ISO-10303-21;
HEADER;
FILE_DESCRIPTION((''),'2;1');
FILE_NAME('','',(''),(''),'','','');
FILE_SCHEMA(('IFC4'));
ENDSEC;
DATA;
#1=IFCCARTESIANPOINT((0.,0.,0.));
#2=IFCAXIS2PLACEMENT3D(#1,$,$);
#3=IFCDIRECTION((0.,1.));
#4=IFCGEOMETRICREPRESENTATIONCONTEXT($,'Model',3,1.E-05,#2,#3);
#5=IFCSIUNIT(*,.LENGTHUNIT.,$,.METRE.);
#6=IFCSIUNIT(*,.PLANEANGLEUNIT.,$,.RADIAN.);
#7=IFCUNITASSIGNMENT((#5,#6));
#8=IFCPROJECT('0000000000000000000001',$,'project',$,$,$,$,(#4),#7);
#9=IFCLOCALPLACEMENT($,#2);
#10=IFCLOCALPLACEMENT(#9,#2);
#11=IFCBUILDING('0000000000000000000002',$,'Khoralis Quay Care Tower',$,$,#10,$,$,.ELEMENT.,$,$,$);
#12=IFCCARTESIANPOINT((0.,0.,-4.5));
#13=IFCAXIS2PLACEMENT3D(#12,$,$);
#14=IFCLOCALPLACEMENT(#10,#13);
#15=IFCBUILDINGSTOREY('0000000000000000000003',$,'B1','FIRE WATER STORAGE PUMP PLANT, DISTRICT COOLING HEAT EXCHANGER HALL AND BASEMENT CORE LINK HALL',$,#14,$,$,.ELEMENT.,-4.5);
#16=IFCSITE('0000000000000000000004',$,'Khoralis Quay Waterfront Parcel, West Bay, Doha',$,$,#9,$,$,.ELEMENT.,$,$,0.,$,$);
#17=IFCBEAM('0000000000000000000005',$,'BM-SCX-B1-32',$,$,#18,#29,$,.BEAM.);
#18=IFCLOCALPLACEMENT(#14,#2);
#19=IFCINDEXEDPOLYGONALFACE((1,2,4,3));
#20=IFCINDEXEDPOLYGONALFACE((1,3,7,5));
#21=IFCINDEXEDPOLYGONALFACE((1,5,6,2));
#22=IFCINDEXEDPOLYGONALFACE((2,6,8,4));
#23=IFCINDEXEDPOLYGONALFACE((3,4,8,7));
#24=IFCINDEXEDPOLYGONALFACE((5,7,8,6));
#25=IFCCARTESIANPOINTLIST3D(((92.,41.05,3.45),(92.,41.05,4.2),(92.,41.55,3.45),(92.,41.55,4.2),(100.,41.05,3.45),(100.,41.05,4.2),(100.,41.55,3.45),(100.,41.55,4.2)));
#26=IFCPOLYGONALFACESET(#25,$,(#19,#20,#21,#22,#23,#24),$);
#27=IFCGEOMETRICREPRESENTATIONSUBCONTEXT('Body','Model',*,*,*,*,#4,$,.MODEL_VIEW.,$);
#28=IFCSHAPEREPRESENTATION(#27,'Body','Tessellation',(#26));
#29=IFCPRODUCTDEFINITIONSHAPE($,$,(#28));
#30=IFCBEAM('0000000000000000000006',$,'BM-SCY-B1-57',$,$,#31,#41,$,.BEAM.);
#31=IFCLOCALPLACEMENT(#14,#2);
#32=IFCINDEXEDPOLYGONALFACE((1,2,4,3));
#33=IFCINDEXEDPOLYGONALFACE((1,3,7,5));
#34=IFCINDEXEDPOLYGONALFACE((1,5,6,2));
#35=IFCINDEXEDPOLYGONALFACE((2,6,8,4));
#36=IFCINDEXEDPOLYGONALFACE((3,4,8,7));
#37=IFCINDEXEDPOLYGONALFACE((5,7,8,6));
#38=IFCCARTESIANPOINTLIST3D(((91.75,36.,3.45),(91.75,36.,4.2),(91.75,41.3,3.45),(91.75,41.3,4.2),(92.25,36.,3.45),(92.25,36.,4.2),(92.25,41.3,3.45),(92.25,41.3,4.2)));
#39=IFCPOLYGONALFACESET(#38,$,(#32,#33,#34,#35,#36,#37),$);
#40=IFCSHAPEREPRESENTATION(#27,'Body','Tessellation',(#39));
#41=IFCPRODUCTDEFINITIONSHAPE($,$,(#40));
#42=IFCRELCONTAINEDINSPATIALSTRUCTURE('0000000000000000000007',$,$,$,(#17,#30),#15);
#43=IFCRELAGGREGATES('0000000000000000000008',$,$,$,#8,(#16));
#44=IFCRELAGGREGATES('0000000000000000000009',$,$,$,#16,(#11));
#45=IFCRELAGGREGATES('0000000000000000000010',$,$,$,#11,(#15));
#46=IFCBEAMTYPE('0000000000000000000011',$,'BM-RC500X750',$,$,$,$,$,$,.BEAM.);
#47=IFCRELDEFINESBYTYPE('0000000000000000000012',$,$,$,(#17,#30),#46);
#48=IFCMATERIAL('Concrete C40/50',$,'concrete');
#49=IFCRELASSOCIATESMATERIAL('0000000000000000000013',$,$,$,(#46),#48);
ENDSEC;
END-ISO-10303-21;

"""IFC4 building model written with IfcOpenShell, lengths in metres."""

from ifc_helpers import new_model, si_unit, direction, frame, origin, origin_2d, place, context, subcontext, project, spatial, rectangle, extrude, source, transform, mapped, material, material_profile, profile_set, type_object, element, save


model = new_model("IFC4")

# Units and contexts
model_context = context("Model", 3, precision=1e-05, world=origin(), true_north=direction((0.0, 1.0)))
body_context = subcontext(model_context, "Body", "Model", "MODEL_VIEW")
ifc_project = project(units=[si_unit("LENGTHUNIT", "METRE"), si_unit("PLANEANGLEUNIT", "RADIAN")], contexts=[model_context])

# Site, building, storey
site_placement = place(None, origin())
site = spatial("IfcSite", under=ifc_project, at=site_placement, Name="Khoralis Quay Waterfront Parcel, West Bay, Doha", CompositionType="ELEMENT", RefElevation=0.0)
building_placement = place(site_placement, origin())
building = spatial("IfcBuilding", under=site, at=building_placement, Name="Khoralis Quay Care Tower", CompositionType="ELEMENT")
storey_placement = place(building_placement, frame((0.0, 0.0, -4.5)))
storey = spatial("IfcBuildingStorey", under=building, at=storey_placement, Name="B1", Description="FIRE WATER STORAGE PUMP PLANT, DISTRICT COOLING HEAT EXCHANGER HALL AND BASEMENT CORE LINK HALL", CompositionType="ELEMENT", Elevation=-4.5)

# Shared definitions
ifc_material_1 = material(Name="Concrete C40/50", Category="concrete")

# Beams
ifc_material_profile_1 = material_profile(ifc_material_1, rectangle(XDim=0.5, YDim=0.75, at=origin_2d()), Name="Concrete C40/50")
ifc_profile_set_1 = profile_set([ifc_material_profile_1], Name="Concrete C40/50")
beam_type = type_object("IfcBeamType", Name="BM-RC500X750", PredefinedType="BEAM", material=ifc_profile_set_1)
shared_shape_1 = source(origin(), body_context, "Body", "SweptSolid", [
    extrude(rectangle(XDim=0.5, YDim=0.75, at=origin_2d()), origin(), (0.0, 0.0, 1.0), 8.0),
])
for number, where, z_axis, x_axis, name in (
    (1, (92.0, 41.3, 3.825), (1.0, 0.0, 0.0), (0.0, 1.0, 0.0), "BM-SCX-B1-32"),
):
    element("IfcBeam", number, at=place(storey_placement, frame(where, z_axis=z_axis, x_axis=x_axis)), inside=storey, type_object=beam_type, Name=name, PredefinedType="BEAM", context=body_context, shape_type="MappedRepresentation", body=[
        mapped(shared_shape_1, transform((0.0, 0.0, 0.0), scale=1.0)),
    ])
shared_shape_2 = source(origin(), body_context, "Body", "SweptSolid", [
    extrude(rectangle(XDim=0.5, YDim=0.75, at=origin_2d()), origin(), (0.0, 0.0, 1.0), 5.3),
])
beam_1_placement = place(storey_placement, frame((92.0, 36.0, 3.825), z_axis=(0.0, 1.0, 0.0), x_axis=(-1.0, 0.0, 0.0)))
element("IfcBeam", 2, at=beam_1_placement, inside=storey, type_object=beam_type, Name="BM-SCY-B1-57", PredefinedType="BEAM", context=body_context, shape_type="MappedRepresentation", body=[
    mapped(shared_shape_2, transform((0.0, 0.0, 0.0), scale=1.0)),
])

save(model, "model.ifc")
